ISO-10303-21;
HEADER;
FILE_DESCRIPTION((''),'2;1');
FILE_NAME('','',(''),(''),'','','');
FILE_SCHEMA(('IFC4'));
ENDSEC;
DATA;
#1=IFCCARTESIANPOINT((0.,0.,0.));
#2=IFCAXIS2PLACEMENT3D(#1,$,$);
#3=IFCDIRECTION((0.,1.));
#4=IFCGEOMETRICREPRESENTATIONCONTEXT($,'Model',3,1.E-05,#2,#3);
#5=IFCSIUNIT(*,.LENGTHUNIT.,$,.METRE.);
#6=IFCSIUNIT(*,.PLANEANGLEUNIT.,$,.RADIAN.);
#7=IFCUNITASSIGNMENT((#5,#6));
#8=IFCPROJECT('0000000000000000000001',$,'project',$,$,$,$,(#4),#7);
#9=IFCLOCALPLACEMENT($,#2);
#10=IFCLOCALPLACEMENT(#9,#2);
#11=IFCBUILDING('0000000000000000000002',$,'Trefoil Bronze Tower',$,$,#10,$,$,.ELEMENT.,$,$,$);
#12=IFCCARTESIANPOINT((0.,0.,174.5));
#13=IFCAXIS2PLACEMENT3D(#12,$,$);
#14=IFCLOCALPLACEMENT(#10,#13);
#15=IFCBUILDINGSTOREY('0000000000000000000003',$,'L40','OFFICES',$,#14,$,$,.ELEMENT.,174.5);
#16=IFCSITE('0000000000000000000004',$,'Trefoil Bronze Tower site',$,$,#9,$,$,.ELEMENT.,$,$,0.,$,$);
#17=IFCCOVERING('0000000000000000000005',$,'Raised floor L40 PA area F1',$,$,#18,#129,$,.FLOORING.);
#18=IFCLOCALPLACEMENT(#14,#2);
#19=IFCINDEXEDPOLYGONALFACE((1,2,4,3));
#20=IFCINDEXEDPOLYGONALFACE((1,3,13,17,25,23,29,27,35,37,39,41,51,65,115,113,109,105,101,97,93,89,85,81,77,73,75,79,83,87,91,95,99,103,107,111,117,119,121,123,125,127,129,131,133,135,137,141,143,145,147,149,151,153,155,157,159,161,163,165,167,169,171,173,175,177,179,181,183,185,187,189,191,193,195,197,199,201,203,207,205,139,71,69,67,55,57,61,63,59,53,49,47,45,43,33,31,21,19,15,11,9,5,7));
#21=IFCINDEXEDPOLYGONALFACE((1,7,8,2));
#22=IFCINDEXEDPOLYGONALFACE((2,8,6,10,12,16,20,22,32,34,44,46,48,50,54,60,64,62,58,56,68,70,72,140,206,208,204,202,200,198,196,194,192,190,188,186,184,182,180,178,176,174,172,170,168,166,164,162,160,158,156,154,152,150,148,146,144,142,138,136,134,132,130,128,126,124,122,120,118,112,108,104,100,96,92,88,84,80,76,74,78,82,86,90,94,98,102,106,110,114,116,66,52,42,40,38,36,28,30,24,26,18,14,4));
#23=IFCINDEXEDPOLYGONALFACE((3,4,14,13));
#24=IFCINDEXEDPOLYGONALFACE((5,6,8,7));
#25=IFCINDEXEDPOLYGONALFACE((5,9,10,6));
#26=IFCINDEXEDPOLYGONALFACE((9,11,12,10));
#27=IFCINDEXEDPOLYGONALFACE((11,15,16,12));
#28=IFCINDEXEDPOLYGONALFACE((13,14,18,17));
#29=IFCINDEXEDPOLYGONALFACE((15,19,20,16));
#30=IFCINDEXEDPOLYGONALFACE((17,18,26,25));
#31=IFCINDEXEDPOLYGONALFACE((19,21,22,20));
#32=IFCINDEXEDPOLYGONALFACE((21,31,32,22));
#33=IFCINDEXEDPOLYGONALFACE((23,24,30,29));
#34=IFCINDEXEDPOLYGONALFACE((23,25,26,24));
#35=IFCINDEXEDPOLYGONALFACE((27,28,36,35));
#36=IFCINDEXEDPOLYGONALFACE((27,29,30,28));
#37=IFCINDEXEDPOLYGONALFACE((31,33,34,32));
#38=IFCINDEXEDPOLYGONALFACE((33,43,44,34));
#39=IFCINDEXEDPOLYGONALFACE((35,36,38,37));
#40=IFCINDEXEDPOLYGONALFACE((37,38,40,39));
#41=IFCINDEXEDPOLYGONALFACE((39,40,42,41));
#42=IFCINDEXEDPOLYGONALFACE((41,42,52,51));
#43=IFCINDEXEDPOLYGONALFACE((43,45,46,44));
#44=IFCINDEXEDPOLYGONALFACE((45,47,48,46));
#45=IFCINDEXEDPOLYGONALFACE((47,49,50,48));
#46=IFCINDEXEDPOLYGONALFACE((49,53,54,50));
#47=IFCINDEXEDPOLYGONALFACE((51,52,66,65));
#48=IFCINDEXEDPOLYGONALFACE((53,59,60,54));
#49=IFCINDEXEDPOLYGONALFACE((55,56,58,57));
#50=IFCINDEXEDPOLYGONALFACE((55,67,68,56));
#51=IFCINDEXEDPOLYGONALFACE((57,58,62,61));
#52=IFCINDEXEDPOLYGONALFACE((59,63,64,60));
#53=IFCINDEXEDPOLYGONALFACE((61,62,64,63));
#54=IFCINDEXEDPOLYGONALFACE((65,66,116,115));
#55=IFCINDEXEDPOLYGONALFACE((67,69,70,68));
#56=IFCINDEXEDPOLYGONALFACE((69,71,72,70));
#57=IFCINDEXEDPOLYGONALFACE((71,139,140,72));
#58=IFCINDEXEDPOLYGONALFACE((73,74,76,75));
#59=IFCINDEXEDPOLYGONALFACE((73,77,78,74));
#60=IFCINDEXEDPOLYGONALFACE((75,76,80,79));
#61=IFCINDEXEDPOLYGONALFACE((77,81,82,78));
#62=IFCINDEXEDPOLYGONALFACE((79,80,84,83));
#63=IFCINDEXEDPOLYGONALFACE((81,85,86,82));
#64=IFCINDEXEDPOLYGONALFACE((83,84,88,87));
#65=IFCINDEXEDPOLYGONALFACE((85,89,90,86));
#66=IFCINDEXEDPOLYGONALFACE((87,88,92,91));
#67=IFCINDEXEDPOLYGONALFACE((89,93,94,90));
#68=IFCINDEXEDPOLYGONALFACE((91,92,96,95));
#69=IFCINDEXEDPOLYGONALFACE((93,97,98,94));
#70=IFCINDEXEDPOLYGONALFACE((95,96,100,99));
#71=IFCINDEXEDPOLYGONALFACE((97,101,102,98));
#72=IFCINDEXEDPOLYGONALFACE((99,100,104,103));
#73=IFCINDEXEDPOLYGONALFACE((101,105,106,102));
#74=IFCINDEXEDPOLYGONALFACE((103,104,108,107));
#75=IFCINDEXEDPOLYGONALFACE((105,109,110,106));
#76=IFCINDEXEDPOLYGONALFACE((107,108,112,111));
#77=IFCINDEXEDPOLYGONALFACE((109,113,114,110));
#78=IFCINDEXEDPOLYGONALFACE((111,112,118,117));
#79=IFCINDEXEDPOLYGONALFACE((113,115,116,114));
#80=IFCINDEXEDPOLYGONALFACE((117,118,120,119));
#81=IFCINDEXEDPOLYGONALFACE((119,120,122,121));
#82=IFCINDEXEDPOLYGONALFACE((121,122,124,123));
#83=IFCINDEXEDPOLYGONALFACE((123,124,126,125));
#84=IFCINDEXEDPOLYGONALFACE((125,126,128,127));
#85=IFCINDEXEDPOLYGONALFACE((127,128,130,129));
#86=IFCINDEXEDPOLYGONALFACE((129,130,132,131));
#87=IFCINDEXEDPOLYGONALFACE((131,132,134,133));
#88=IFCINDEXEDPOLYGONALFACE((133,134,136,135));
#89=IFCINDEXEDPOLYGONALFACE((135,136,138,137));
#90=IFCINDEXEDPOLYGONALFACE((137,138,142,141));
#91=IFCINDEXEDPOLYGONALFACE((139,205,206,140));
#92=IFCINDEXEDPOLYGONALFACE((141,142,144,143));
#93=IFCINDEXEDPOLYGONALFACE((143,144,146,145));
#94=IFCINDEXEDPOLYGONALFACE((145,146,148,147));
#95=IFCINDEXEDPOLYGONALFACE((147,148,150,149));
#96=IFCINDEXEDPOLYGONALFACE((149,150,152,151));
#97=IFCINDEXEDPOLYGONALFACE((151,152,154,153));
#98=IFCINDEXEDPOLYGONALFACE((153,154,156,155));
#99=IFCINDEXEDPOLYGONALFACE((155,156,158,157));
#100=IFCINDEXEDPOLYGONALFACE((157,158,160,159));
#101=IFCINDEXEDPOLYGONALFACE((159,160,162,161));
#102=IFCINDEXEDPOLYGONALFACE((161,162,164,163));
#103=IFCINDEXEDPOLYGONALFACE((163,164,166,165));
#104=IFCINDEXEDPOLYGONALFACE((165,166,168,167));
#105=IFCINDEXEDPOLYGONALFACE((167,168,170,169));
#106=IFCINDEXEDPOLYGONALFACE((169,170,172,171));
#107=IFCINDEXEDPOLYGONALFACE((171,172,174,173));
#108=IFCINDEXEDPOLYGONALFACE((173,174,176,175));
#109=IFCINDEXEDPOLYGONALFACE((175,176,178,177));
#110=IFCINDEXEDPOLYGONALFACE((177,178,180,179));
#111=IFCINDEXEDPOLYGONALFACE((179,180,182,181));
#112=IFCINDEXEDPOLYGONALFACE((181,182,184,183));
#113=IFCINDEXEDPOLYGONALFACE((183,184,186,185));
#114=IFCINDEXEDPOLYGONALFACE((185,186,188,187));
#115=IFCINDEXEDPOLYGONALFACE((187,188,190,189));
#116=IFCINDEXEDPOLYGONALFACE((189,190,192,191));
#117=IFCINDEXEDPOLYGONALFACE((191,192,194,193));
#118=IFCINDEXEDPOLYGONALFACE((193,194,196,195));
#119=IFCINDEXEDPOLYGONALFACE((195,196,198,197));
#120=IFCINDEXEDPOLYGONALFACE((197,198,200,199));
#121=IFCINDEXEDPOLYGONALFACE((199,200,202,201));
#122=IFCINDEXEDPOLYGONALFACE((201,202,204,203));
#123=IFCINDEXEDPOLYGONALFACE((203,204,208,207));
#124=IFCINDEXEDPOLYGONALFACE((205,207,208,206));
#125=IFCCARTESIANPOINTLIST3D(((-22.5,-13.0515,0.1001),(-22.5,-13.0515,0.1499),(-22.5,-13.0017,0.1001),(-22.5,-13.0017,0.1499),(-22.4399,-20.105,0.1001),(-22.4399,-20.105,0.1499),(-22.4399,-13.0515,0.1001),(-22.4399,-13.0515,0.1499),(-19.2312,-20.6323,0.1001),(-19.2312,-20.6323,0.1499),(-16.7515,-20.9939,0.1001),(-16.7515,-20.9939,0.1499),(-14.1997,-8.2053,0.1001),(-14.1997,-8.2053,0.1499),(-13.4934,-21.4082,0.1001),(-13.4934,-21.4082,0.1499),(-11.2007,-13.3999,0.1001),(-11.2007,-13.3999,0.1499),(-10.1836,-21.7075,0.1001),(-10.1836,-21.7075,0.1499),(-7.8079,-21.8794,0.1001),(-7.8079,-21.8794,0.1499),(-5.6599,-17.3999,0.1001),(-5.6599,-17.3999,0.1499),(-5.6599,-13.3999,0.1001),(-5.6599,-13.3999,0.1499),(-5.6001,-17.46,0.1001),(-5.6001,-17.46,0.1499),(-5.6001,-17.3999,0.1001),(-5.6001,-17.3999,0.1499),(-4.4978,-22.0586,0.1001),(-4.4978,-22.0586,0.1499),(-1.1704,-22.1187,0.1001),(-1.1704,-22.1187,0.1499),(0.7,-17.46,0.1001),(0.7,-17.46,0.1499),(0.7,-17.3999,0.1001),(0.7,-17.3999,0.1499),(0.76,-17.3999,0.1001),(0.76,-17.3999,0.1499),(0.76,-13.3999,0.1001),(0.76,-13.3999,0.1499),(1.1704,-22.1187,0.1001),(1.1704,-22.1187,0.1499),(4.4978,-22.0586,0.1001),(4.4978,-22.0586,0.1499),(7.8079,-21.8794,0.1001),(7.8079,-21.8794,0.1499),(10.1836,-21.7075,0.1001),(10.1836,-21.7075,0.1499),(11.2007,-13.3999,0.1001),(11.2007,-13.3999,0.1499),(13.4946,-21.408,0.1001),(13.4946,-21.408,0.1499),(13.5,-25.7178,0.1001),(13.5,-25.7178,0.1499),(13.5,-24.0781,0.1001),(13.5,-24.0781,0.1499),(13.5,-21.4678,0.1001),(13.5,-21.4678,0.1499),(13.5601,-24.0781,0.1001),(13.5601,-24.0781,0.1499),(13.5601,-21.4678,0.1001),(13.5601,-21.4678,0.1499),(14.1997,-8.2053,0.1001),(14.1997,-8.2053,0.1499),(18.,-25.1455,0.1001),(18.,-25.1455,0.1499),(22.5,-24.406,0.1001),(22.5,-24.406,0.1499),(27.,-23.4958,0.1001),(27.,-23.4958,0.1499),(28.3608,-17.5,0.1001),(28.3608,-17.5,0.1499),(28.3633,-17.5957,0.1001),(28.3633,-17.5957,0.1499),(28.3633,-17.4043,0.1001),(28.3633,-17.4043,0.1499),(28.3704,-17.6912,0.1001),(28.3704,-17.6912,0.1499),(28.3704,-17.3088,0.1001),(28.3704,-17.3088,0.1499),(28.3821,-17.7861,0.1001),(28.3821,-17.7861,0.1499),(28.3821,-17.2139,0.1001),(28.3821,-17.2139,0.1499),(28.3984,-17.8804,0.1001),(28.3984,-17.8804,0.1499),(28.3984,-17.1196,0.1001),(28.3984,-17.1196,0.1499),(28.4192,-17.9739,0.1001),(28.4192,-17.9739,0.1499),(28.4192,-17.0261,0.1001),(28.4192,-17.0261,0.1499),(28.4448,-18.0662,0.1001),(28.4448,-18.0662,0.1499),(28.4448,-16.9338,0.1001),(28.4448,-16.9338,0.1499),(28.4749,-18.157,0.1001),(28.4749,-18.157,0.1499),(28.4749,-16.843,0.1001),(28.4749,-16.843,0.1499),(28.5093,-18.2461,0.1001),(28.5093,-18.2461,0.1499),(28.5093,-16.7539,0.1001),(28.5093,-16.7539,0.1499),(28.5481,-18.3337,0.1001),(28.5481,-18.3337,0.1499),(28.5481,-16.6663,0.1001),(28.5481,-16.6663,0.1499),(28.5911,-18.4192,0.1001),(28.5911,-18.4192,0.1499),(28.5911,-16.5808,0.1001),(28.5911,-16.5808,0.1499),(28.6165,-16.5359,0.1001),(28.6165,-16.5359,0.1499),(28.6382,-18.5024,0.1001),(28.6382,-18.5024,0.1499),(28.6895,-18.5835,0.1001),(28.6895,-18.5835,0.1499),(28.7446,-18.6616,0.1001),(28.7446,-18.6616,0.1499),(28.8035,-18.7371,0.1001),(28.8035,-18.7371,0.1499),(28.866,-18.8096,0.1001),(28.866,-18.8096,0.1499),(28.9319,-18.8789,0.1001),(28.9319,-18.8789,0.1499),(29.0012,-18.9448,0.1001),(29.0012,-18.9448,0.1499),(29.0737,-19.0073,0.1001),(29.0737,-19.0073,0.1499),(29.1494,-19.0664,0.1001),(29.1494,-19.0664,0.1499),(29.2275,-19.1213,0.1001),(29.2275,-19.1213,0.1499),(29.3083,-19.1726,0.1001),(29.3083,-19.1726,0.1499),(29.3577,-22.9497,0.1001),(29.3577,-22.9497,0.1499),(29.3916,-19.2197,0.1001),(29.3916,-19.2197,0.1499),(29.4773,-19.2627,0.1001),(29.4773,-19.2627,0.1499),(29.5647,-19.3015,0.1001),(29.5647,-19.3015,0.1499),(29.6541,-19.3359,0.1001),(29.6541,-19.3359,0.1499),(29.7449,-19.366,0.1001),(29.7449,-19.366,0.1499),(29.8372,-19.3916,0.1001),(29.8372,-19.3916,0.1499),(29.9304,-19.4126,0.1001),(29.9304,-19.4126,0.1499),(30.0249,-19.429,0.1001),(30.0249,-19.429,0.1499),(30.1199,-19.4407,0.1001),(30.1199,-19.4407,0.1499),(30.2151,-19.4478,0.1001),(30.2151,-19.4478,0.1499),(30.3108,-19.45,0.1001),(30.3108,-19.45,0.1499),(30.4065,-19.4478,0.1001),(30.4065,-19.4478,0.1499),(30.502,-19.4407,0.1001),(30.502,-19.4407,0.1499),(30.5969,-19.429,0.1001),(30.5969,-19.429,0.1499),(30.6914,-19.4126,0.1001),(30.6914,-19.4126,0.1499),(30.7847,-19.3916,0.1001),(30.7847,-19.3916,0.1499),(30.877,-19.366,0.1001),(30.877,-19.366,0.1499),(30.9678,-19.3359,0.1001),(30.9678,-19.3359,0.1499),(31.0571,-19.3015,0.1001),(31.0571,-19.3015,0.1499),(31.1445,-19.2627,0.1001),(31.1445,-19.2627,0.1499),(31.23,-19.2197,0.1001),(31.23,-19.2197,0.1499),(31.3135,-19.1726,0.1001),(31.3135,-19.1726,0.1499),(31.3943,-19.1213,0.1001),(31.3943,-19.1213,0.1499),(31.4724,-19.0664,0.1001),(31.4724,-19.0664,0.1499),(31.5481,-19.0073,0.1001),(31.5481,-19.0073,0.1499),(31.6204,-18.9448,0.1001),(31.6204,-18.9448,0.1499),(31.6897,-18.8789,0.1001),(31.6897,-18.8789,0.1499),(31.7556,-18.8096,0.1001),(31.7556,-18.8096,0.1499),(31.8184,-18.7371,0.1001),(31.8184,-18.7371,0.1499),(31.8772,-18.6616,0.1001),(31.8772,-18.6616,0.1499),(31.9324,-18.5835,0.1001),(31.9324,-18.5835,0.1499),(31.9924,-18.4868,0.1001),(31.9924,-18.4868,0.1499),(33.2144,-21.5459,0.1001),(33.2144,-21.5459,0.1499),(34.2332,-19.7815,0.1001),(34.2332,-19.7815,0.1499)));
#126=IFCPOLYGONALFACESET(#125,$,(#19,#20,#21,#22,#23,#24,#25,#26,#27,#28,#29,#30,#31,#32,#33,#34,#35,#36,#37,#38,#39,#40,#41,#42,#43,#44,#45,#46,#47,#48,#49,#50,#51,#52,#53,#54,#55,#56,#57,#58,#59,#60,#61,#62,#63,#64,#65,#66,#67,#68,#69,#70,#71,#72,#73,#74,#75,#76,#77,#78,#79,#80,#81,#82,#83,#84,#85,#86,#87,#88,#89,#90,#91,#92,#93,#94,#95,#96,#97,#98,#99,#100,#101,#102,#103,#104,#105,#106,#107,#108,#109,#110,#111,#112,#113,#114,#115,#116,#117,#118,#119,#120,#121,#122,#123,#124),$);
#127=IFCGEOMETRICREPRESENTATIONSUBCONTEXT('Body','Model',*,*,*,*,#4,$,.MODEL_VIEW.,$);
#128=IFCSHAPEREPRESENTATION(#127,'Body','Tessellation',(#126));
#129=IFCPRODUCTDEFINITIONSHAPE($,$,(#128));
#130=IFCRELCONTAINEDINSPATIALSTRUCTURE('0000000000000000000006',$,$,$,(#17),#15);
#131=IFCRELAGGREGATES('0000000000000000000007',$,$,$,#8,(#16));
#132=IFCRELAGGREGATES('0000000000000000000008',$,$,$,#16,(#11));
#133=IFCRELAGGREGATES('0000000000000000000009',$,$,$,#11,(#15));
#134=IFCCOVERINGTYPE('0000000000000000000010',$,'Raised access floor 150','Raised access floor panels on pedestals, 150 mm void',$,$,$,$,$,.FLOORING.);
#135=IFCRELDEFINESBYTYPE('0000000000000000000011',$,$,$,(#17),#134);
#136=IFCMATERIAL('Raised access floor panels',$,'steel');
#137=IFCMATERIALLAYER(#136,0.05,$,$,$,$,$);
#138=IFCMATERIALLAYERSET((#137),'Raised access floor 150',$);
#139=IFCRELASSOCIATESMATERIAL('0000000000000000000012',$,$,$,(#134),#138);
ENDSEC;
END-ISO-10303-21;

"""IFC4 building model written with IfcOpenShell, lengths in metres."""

from ifc_helpers import new_model, si_unit, direction, frame, origin, place, context, subcontext, project, spatial, polyline, outline, extrude, material, layer, layer_set, type_object, element, save


model = new_model("IFC4")

# Units and contexts
model_context = context("Model", 3, precision=1e-05, world=origin(), true_north=direction((0.0, 1.0)))
body_context = subcontext(model_context, "Body", "Model", "MODEL_VIEW")
ifc_project = project(units=[si_unit("LENGTHUNIT", "METRE"), si_unit("PLANEANGLEUNIT", "RADIAN")], contexts=[model_context])

# Site, building, storey
site_placement = place(None, origin())
site = spatial("IfcSite", under=ifc_project, at=site_placement, Name="Trefoil Bronze Tower site", CompositionType="ELEMENT", RefElevation=0.0)
building_placement = place(site_placement, origin())
building = spatial("IfcBuilding", under=site, at=building_placement, Name="Trefoil Bronze Tower", CompositionType="ELEMENT")
storey_placement = place(building_placement, frame((0.0, 0.0, 174.5)))
storey = spatial("IfcBuildingStorey", under=building, at=storey_placement, Name="L40", Description="OFFICES", CompositionType="ELEMENT", Elevation=174.5)

# Covering
ifc_material_1 = material(Name="Raised access floor panels", Category="steel")
ifc_layer_1 = layer(ifc_material_1, 0.05)
ifc_layer_set_1 = layer_set([ifc_layer_1], Name="Raised access floor 150")
covering_type_1 = type_object("IfcCoveringType", Name="Raised access floor 150", Description="Raised access floor panels on pedestals, 150 mm void", PredefinedType="FLOORING", material=ifc_layer_set_1)
covering_1_placement = place(storey_placement, frame((0.0, 0.0, 0.1001)))
element("IfcCovering", 1, at=covering_1_placement, inside=storey, type_object=covering_type_1, Name="Raised floor L40 PA area F1", PredefinedType="FLOORING", context=body_context, shape_type="SweptSolid", body=[
    extrude(outline(polyline([(-11.2007, -13.3999), (-5.6599, -13.3999), (-5.6599, -17.3999), (-5.6001, -17.3999), (-5.6001, -17.46), (0.7, -17.46), (0.7, -17.3999), (0.76, -17.3999), (0.76, -13.3999), (11.2007, -13.3999), (14.1997, -8.2053), (28.6165, -16.5359), (28.5911, -16.5808), (28.5481, -16.6663), (28.5093, -16.7539), (28.4749, -16.843), (28.4448, -16.9338), (28.4192, -17.0261), (28.3984, -17.1196), (28.3821, -17.2139), (28.3704, -17.3088), (28.3633, -17.4043), (28.3608, -17.5), (28.3633, -17.5957), (28.3704, -17.6912), (28.3821, -17.7861), (28.3984, -17.8804), (28.4192, -17.9739), (28.4448, -18.0662), (28.4749, -18.157), (28.5093, -18.2461), (28.5481, -18.3337), (28.5911, -18.4192), (28.6382, -18.5024), (28.6895, -18.5835), (28.7446, -18.6616), (28.8035, -18.7371), (28.866, -18.8096), (28.9319, -18.8789), (29.0012, -18.9448), (29.0737, -19.0073), (29.1494, -19.0664), (29.2275, -19.1213), (29.3083, -19.1726), (29.3916, -19.2197), (29.4773, -19.2627), (29.5647, -19.3015), (29.6541, -19.3359), (29.7449, -19.366), (29.8372, -19.3916), (29.9304, -19.4126), (30.0249, -19.429), (30.1199, -19.4407), (30.2151, -19.4478), (30.3108, -19.45), (30.4065, -19.4478), (30.502, -19.4407), (30.5969, -19.429), (30.6914, -19.4126), (30.7847, -19.3916), (30.877, -19.366), (30.9678, -19.3359), (31.0571, -19.3015), (31.1445, -19.2627), (31.23, -19.2197), (31.3135, -19.1726), (31.3943, -19.1213), (31.4724, -19.0664), (31.5481, -19.0073), (31.6204, -18.9448), (31.6897, -18.8789), (31.7556, -18.8096), (31.8184, -18.7371), (31.8772, -18.6616), (31.9324, -18.5835), (31.9924, -18.4868), (34.2332, -19.7815), (33.2144, -21.5459), (29.3577, -22.9497), (27.0, -23.4958), (22.5, -24.406), (18.0, -25.1455), (13.5, -25.7178), (13.5, -24.0781), (13.5601, -24.0781), (13.5601, -21.4678), (13.5, -21.4678), (13.4946, -21.408), (10.1836, -21.7075), (7.8079, -21.8794), (4.4978, -22.0586), (1.1704, -22.1187), (-1.1704, -22.1187), (-4.4978, -22.0586), (-7.8079, -21.8794), (-10.1836, -21.7075), (-13.4934, -21.4082), (-16.7515, -20.9939), (-19.2312, -20.6323), (-22.4399, -20.105), (-22.4399, -13.0515), (-22.5, -13.0515), (-22.5, -13.0017), (-14.1997, -8.2053), (-11.2007, -13.3999)])), origin(), (0.0, 0.0, 1.0), 0.0498),
])

save(model, "model.ifc")
